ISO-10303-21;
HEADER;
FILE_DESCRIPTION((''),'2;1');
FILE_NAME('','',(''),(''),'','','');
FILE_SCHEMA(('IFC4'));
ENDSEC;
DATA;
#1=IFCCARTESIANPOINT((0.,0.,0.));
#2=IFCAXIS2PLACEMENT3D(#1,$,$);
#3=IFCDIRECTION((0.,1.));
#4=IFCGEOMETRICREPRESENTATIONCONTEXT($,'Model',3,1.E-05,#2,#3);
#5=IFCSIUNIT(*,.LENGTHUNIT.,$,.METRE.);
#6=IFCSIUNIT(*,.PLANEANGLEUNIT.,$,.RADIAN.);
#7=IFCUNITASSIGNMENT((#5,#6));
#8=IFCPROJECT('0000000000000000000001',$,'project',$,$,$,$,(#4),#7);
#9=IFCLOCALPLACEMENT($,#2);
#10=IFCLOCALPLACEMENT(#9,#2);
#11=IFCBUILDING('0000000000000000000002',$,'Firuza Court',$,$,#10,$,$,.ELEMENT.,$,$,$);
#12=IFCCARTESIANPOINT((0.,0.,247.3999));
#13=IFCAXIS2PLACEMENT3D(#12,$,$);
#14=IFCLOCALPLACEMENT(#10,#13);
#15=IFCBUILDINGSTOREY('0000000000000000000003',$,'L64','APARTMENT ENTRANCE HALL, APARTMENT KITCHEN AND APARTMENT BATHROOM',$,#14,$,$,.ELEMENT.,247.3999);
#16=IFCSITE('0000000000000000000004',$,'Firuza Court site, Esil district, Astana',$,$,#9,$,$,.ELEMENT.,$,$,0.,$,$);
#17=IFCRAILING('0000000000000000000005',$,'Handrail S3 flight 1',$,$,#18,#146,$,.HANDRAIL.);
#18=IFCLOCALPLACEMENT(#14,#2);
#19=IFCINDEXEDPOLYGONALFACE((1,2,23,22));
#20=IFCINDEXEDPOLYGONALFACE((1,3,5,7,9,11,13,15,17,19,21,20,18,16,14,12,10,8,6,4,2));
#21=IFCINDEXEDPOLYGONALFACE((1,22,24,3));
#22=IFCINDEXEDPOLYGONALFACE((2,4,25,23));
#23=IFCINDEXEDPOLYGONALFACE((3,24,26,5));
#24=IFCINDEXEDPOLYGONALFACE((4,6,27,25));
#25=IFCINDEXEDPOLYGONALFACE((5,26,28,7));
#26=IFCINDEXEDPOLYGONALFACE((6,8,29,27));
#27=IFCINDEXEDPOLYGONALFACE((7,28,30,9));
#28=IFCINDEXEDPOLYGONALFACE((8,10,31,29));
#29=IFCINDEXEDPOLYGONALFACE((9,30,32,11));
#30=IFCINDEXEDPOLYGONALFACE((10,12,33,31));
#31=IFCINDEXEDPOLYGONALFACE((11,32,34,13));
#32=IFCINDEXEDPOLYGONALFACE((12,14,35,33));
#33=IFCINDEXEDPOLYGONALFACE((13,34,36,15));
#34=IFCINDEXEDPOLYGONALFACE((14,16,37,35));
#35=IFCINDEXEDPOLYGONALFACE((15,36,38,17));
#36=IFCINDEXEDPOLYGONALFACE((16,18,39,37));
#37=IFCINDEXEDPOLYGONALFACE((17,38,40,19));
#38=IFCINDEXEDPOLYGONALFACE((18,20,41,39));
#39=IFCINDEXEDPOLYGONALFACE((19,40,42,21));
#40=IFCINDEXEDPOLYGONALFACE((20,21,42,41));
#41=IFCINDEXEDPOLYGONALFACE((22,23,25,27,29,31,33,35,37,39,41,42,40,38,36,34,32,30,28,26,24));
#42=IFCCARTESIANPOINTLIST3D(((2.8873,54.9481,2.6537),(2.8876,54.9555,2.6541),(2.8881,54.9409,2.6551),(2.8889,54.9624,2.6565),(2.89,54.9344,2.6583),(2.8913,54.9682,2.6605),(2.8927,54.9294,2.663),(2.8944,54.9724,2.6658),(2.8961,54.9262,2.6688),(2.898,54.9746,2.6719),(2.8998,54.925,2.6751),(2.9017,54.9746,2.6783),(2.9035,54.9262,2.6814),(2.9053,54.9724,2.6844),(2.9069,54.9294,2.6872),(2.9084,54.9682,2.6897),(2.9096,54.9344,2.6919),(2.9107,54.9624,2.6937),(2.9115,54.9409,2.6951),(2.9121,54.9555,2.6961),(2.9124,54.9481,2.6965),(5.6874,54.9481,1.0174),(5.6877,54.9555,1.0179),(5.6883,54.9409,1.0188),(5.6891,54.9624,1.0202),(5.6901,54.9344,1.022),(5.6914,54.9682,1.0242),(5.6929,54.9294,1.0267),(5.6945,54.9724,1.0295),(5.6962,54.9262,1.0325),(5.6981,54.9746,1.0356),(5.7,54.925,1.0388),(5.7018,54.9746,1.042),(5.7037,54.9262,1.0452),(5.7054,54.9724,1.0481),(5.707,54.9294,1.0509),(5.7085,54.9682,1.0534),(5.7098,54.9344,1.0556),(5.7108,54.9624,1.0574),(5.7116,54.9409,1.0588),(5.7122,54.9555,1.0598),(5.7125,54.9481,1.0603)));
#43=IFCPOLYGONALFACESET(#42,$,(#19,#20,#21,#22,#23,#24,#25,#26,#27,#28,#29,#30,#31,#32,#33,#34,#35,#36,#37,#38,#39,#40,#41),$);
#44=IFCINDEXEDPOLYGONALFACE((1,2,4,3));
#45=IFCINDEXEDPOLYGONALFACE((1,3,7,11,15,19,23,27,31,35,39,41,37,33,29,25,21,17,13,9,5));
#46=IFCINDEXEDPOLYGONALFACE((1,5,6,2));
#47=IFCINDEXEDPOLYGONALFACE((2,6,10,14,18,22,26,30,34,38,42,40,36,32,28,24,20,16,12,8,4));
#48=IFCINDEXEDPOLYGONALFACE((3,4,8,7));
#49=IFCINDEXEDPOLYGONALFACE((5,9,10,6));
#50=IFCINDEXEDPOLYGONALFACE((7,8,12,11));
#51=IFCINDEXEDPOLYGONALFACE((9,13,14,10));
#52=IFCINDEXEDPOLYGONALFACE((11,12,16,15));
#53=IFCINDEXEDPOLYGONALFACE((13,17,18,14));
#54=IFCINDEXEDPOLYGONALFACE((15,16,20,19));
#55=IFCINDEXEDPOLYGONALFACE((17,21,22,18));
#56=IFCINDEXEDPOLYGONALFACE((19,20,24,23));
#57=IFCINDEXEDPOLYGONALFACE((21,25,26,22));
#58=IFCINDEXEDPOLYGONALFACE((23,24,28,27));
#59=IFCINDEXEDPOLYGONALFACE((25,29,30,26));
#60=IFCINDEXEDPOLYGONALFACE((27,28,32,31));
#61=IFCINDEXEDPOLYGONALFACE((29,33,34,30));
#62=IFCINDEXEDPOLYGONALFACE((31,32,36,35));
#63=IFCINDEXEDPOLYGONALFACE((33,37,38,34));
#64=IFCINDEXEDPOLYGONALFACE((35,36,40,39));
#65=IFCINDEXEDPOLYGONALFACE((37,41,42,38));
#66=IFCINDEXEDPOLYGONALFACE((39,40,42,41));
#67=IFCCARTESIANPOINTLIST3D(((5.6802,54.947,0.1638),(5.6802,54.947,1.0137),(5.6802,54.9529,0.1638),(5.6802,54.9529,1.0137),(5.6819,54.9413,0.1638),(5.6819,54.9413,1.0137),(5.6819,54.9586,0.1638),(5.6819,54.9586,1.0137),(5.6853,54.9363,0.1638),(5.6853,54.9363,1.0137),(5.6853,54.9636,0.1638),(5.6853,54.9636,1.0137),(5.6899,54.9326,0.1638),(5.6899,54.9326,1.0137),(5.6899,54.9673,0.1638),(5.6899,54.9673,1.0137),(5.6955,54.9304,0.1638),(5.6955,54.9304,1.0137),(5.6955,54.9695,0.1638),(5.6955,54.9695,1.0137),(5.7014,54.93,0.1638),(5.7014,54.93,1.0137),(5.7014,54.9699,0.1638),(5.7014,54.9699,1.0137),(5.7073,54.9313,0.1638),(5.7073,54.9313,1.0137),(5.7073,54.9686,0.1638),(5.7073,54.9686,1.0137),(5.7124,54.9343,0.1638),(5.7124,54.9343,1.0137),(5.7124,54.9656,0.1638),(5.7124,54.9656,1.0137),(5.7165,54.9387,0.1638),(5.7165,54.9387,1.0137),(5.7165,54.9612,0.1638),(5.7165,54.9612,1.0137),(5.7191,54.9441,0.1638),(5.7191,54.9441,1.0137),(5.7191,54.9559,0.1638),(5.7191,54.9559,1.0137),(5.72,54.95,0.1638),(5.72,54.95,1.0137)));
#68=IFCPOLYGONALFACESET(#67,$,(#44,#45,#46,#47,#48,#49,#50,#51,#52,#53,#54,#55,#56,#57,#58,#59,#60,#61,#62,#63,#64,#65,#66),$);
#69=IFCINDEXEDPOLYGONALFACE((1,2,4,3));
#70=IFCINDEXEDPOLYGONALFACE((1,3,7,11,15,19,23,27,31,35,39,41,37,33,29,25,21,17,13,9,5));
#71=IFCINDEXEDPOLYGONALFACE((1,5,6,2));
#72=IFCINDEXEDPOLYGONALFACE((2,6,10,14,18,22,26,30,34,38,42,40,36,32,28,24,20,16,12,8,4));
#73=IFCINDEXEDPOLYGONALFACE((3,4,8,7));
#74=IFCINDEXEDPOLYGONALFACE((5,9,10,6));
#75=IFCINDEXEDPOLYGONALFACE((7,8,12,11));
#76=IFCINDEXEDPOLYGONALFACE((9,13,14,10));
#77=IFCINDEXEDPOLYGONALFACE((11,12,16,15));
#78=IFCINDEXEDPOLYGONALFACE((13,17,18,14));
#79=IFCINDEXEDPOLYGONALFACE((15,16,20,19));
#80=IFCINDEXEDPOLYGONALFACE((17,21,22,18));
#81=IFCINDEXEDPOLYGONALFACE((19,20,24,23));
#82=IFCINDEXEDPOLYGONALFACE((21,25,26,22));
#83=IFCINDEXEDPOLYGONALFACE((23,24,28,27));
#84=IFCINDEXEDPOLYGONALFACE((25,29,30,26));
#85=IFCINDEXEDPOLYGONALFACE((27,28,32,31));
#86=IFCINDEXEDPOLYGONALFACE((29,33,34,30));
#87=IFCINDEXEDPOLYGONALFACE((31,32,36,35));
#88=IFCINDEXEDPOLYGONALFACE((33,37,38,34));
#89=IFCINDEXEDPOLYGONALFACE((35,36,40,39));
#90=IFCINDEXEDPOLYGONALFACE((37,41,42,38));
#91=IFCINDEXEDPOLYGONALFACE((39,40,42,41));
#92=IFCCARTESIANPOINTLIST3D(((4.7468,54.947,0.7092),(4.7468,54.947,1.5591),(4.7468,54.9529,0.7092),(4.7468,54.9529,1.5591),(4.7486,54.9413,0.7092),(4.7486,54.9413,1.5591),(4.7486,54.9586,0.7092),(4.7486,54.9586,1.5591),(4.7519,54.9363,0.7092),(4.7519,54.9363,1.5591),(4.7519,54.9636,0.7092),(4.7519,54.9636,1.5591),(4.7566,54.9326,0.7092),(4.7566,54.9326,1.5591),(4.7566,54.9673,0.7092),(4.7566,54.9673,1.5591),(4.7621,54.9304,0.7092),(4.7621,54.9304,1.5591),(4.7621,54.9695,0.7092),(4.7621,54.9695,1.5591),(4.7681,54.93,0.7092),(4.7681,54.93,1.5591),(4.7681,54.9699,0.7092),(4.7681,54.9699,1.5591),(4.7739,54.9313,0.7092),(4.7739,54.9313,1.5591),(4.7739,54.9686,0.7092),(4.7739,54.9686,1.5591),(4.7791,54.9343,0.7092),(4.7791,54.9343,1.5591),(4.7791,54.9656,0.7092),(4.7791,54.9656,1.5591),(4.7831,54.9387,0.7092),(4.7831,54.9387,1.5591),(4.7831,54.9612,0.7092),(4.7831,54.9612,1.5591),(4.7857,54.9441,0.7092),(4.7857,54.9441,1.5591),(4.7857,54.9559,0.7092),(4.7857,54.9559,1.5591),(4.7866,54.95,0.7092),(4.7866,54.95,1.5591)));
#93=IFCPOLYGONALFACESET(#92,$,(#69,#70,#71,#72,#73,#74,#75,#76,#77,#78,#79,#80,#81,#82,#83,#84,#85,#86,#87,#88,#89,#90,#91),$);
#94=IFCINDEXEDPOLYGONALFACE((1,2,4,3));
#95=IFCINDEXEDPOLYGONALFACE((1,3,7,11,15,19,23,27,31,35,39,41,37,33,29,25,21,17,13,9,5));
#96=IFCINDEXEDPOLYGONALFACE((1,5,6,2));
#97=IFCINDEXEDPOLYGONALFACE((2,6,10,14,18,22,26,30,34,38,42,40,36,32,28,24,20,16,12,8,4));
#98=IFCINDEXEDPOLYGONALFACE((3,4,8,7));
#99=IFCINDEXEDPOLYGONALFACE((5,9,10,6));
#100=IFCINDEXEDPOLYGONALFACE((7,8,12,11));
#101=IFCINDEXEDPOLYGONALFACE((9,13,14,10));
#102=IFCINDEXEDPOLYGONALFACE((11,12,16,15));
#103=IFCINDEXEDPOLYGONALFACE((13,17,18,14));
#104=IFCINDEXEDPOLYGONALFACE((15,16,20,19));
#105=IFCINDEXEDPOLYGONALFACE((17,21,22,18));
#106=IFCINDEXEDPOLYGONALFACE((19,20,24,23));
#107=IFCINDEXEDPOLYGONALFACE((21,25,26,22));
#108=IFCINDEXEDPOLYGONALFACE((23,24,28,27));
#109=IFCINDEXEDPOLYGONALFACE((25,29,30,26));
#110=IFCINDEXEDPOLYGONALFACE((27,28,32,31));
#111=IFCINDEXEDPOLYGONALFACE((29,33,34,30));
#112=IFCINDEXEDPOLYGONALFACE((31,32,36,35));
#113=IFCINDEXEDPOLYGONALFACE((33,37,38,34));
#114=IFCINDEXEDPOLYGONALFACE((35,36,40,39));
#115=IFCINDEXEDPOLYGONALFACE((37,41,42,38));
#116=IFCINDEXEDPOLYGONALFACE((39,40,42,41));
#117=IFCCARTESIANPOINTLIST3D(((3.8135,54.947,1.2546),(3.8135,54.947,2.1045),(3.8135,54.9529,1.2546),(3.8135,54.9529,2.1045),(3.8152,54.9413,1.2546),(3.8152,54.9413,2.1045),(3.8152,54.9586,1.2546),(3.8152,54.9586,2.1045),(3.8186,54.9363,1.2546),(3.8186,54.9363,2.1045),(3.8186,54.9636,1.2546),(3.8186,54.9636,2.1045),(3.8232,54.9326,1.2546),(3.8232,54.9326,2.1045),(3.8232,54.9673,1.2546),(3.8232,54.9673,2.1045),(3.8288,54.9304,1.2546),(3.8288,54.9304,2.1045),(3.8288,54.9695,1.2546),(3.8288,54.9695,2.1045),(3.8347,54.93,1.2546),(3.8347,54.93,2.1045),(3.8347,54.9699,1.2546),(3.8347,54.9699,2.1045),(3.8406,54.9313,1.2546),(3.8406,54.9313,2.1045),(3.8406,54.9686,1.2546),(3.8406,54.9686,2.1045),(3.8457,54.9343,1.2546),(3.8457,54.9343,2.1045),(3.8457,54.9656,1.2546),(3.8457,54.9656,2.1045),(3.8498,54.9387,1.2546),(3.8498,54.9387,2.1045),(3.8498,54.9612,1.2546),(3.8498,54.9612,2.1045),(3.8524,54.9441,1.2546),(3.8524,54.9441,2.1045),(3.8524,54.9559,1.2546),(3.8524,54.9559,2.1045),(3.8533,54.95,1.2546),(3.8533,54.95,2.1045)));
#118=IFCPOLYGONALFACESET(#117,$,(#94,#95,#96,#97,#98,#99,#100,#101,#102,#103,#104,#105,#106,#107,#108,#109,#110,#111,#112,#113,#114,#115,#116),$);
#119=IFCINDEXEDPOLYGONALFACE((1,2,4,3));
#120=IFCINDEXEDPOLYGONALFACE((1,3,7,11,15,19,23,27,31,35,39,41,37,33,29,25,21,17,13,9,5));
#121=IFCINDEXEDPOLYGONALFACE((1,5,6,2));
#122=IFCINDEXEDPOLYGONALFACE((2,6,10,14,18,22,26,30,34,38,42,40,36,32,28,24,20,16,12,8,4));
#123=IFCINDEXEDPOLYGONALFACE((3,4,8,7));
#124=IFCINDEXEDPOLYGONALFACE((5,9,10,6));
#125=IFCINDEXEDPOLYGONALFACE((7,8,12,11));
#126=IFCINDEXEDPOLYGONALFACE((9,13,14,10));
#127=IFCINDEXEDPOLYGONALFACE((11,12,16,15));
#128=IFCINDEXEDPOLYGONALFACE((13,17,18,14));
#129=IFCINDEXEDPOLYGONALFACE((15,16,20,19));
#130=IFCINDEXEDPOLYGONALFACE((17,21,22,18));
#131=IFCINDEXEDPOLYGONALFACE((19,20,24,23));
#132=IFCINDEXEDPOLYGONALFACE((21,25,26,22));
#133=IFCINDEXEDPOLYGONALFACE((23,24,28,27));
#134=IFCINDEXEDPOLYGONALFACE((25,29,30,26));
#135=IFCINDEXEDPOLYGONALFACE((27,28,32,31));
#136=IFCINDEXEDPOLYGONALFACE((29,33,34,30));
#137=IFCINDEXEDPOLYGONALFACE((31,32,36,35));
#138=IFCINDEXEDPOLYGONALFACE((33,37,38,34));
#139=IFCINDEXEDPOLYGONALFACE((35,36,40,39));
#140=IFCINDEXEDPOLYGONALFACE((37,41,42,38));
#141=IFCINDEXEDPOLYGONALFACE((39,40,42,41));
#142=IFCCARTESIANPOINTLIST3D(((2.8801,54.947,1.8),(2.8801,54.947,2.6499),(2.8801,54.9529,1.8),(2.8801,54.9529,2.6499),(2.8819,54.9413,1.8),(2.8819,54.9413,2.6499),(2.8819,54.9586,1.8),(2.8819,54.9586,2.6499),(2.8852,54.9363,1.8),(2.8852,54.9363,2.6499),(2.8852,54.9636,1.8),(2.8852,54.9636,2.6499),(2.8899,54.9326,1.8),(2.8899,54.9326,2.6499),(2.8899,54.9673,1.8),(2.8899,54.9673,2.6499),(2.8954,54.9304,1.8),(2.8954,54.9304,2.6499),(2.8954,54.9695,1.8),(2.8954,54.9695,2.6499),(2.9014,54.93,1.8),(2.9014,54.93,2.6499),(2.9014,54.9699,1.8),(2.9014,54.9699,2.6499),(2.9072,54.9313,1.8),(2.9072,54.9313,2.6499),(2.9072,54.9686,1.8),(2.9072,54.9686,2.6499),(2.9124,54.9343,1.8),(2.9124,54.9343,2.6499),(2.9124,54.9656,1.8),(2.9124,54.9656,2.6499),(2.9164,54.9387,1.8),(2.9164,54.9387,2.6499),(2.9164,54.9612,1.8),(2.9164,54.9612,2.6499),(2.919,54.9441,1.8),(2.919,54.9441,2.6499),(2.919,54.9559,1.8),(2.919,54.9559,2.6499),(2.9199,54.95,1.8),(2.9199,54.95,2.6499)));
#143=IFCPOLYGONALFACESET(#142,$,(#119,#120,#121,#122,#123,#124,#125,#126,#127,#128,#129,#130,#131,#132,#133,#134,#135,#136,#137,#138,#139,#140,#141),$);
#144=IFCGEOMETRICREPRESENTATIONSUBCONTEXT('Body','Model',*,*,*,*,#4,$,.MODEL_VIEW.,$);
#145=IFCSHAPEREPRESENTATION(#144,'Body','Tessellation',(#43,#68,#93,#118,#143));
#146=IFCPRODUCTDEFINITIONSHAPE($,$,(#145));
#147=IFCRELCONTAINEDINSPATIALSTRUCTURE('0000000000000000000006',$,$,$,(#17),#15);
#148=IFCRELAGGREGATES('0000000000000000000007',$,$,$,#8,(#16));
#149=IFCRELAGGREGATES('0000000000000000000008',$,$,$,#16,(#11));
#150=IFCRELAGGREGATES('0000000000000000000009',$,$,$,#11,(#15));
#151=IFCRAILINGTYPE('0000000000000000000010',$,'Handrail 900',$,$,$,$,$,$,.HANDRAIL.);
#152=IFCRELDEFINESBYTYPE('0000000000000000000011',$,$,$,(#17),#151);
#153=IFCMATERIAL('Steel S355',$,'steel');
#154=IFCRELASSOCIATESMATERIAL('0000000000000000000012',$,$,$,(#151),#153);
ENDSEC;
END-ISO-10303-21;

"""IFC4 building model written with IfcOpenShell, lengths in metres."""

from ifc_helpers import new_model, si_unit, direction, frame, origin, origin_2d, place, context, subcontext, project, spatial, circle, extrude, material, type_object, element, save


model = new_model("IFC4")

# Units and contexts
model_context = context("Model", 3, precision=1e-05, world=origin(), true_north=direction((0.0, 1.0)))
body_context = subcontext(model_context, "Body", "Model", "MODEL_VIEW")
ifc_project = project(units=[si_unit("LENGTHUNIT", "METRE"), si_unit("PLANEANGLEUNIT", "RADIAN")], contexts=[model_context])

# Site, building, storey
site_placement = place(None, origin())
site = spatial("IfcSite", under=ifc_project, at=site_placement, Name="Firuza Court site, Esil district, Astana", CompositionType="ELEMENT", RefElevation=0.0)
building_placement = place(site_placement, origin())
building = spatial("IfcBuilding", under=site, at=building_placement, Name="Firuza Court", CompositionType="ELEMENT")
storey_placement = place(building_placement, frame((0.0, 0.0, 247.3999)))
storey = spatial("IfcBuildingStorey", under=building, at=storey_placement, Name="L64", Description="APARTMENT ENTRANCE HALL, APARTMENT KITCHEN AND APARTMENT BATHROOM", CompositionType="ELEMENT", Elevation=247.3999)

# Railing
ifc_material_1 = material(Name="Steel S355", Category="steel")
railing_type_1 = type_object("IfcRailingType", Name="Handrail 900", PredefinedType="HANDRAIL", material=ifc_material_1)
railing_1_placement = place(storey_placement, frame((5.7, 54.95, 0.1638)))
element("IfcRailing", 1, at=railing_1_placement, inside=storey, type_object=railing_type_1, Name="Handrail S3 flight 1", PredefinedType="HANDRAIL", context=body_context, shape_type="SweptSolid", body=[
    extrude(circle(Radius=0.0249, at=origin_2d()), frame((0.0, 0.0, 0.875), z_axis=(-0.863394, 0.0, 0.504531), x_axis=(0.0, -1.0, 0.0)), (0.0, 0.0, 1.0), 3.2432),
    extrude(circle(Radius=0.02, at=origin_2d()), origin(), (0.0, 0.0, 1.0), 0.8499),
    extrude(circle(Radius=0.02, at=origin_2d()), frame((-0.9333, 0.0, 0.5454)), (0.0, 0.0, 1.0), 0.8499),
    extrude(circle(Radius=0.02, at=origin_2d()), frame((-1.8667, 0.0, 1.0908)), (0.0, 0.0, 1.0), 0.8499),
    extrude(circle(Radius=0.02, at=origin_2d()), frame((-2.8, 0.0, 1.6362)), (0.0, 0.0, 1.0), 0.8499),
])

save(model, "model.ifc")
